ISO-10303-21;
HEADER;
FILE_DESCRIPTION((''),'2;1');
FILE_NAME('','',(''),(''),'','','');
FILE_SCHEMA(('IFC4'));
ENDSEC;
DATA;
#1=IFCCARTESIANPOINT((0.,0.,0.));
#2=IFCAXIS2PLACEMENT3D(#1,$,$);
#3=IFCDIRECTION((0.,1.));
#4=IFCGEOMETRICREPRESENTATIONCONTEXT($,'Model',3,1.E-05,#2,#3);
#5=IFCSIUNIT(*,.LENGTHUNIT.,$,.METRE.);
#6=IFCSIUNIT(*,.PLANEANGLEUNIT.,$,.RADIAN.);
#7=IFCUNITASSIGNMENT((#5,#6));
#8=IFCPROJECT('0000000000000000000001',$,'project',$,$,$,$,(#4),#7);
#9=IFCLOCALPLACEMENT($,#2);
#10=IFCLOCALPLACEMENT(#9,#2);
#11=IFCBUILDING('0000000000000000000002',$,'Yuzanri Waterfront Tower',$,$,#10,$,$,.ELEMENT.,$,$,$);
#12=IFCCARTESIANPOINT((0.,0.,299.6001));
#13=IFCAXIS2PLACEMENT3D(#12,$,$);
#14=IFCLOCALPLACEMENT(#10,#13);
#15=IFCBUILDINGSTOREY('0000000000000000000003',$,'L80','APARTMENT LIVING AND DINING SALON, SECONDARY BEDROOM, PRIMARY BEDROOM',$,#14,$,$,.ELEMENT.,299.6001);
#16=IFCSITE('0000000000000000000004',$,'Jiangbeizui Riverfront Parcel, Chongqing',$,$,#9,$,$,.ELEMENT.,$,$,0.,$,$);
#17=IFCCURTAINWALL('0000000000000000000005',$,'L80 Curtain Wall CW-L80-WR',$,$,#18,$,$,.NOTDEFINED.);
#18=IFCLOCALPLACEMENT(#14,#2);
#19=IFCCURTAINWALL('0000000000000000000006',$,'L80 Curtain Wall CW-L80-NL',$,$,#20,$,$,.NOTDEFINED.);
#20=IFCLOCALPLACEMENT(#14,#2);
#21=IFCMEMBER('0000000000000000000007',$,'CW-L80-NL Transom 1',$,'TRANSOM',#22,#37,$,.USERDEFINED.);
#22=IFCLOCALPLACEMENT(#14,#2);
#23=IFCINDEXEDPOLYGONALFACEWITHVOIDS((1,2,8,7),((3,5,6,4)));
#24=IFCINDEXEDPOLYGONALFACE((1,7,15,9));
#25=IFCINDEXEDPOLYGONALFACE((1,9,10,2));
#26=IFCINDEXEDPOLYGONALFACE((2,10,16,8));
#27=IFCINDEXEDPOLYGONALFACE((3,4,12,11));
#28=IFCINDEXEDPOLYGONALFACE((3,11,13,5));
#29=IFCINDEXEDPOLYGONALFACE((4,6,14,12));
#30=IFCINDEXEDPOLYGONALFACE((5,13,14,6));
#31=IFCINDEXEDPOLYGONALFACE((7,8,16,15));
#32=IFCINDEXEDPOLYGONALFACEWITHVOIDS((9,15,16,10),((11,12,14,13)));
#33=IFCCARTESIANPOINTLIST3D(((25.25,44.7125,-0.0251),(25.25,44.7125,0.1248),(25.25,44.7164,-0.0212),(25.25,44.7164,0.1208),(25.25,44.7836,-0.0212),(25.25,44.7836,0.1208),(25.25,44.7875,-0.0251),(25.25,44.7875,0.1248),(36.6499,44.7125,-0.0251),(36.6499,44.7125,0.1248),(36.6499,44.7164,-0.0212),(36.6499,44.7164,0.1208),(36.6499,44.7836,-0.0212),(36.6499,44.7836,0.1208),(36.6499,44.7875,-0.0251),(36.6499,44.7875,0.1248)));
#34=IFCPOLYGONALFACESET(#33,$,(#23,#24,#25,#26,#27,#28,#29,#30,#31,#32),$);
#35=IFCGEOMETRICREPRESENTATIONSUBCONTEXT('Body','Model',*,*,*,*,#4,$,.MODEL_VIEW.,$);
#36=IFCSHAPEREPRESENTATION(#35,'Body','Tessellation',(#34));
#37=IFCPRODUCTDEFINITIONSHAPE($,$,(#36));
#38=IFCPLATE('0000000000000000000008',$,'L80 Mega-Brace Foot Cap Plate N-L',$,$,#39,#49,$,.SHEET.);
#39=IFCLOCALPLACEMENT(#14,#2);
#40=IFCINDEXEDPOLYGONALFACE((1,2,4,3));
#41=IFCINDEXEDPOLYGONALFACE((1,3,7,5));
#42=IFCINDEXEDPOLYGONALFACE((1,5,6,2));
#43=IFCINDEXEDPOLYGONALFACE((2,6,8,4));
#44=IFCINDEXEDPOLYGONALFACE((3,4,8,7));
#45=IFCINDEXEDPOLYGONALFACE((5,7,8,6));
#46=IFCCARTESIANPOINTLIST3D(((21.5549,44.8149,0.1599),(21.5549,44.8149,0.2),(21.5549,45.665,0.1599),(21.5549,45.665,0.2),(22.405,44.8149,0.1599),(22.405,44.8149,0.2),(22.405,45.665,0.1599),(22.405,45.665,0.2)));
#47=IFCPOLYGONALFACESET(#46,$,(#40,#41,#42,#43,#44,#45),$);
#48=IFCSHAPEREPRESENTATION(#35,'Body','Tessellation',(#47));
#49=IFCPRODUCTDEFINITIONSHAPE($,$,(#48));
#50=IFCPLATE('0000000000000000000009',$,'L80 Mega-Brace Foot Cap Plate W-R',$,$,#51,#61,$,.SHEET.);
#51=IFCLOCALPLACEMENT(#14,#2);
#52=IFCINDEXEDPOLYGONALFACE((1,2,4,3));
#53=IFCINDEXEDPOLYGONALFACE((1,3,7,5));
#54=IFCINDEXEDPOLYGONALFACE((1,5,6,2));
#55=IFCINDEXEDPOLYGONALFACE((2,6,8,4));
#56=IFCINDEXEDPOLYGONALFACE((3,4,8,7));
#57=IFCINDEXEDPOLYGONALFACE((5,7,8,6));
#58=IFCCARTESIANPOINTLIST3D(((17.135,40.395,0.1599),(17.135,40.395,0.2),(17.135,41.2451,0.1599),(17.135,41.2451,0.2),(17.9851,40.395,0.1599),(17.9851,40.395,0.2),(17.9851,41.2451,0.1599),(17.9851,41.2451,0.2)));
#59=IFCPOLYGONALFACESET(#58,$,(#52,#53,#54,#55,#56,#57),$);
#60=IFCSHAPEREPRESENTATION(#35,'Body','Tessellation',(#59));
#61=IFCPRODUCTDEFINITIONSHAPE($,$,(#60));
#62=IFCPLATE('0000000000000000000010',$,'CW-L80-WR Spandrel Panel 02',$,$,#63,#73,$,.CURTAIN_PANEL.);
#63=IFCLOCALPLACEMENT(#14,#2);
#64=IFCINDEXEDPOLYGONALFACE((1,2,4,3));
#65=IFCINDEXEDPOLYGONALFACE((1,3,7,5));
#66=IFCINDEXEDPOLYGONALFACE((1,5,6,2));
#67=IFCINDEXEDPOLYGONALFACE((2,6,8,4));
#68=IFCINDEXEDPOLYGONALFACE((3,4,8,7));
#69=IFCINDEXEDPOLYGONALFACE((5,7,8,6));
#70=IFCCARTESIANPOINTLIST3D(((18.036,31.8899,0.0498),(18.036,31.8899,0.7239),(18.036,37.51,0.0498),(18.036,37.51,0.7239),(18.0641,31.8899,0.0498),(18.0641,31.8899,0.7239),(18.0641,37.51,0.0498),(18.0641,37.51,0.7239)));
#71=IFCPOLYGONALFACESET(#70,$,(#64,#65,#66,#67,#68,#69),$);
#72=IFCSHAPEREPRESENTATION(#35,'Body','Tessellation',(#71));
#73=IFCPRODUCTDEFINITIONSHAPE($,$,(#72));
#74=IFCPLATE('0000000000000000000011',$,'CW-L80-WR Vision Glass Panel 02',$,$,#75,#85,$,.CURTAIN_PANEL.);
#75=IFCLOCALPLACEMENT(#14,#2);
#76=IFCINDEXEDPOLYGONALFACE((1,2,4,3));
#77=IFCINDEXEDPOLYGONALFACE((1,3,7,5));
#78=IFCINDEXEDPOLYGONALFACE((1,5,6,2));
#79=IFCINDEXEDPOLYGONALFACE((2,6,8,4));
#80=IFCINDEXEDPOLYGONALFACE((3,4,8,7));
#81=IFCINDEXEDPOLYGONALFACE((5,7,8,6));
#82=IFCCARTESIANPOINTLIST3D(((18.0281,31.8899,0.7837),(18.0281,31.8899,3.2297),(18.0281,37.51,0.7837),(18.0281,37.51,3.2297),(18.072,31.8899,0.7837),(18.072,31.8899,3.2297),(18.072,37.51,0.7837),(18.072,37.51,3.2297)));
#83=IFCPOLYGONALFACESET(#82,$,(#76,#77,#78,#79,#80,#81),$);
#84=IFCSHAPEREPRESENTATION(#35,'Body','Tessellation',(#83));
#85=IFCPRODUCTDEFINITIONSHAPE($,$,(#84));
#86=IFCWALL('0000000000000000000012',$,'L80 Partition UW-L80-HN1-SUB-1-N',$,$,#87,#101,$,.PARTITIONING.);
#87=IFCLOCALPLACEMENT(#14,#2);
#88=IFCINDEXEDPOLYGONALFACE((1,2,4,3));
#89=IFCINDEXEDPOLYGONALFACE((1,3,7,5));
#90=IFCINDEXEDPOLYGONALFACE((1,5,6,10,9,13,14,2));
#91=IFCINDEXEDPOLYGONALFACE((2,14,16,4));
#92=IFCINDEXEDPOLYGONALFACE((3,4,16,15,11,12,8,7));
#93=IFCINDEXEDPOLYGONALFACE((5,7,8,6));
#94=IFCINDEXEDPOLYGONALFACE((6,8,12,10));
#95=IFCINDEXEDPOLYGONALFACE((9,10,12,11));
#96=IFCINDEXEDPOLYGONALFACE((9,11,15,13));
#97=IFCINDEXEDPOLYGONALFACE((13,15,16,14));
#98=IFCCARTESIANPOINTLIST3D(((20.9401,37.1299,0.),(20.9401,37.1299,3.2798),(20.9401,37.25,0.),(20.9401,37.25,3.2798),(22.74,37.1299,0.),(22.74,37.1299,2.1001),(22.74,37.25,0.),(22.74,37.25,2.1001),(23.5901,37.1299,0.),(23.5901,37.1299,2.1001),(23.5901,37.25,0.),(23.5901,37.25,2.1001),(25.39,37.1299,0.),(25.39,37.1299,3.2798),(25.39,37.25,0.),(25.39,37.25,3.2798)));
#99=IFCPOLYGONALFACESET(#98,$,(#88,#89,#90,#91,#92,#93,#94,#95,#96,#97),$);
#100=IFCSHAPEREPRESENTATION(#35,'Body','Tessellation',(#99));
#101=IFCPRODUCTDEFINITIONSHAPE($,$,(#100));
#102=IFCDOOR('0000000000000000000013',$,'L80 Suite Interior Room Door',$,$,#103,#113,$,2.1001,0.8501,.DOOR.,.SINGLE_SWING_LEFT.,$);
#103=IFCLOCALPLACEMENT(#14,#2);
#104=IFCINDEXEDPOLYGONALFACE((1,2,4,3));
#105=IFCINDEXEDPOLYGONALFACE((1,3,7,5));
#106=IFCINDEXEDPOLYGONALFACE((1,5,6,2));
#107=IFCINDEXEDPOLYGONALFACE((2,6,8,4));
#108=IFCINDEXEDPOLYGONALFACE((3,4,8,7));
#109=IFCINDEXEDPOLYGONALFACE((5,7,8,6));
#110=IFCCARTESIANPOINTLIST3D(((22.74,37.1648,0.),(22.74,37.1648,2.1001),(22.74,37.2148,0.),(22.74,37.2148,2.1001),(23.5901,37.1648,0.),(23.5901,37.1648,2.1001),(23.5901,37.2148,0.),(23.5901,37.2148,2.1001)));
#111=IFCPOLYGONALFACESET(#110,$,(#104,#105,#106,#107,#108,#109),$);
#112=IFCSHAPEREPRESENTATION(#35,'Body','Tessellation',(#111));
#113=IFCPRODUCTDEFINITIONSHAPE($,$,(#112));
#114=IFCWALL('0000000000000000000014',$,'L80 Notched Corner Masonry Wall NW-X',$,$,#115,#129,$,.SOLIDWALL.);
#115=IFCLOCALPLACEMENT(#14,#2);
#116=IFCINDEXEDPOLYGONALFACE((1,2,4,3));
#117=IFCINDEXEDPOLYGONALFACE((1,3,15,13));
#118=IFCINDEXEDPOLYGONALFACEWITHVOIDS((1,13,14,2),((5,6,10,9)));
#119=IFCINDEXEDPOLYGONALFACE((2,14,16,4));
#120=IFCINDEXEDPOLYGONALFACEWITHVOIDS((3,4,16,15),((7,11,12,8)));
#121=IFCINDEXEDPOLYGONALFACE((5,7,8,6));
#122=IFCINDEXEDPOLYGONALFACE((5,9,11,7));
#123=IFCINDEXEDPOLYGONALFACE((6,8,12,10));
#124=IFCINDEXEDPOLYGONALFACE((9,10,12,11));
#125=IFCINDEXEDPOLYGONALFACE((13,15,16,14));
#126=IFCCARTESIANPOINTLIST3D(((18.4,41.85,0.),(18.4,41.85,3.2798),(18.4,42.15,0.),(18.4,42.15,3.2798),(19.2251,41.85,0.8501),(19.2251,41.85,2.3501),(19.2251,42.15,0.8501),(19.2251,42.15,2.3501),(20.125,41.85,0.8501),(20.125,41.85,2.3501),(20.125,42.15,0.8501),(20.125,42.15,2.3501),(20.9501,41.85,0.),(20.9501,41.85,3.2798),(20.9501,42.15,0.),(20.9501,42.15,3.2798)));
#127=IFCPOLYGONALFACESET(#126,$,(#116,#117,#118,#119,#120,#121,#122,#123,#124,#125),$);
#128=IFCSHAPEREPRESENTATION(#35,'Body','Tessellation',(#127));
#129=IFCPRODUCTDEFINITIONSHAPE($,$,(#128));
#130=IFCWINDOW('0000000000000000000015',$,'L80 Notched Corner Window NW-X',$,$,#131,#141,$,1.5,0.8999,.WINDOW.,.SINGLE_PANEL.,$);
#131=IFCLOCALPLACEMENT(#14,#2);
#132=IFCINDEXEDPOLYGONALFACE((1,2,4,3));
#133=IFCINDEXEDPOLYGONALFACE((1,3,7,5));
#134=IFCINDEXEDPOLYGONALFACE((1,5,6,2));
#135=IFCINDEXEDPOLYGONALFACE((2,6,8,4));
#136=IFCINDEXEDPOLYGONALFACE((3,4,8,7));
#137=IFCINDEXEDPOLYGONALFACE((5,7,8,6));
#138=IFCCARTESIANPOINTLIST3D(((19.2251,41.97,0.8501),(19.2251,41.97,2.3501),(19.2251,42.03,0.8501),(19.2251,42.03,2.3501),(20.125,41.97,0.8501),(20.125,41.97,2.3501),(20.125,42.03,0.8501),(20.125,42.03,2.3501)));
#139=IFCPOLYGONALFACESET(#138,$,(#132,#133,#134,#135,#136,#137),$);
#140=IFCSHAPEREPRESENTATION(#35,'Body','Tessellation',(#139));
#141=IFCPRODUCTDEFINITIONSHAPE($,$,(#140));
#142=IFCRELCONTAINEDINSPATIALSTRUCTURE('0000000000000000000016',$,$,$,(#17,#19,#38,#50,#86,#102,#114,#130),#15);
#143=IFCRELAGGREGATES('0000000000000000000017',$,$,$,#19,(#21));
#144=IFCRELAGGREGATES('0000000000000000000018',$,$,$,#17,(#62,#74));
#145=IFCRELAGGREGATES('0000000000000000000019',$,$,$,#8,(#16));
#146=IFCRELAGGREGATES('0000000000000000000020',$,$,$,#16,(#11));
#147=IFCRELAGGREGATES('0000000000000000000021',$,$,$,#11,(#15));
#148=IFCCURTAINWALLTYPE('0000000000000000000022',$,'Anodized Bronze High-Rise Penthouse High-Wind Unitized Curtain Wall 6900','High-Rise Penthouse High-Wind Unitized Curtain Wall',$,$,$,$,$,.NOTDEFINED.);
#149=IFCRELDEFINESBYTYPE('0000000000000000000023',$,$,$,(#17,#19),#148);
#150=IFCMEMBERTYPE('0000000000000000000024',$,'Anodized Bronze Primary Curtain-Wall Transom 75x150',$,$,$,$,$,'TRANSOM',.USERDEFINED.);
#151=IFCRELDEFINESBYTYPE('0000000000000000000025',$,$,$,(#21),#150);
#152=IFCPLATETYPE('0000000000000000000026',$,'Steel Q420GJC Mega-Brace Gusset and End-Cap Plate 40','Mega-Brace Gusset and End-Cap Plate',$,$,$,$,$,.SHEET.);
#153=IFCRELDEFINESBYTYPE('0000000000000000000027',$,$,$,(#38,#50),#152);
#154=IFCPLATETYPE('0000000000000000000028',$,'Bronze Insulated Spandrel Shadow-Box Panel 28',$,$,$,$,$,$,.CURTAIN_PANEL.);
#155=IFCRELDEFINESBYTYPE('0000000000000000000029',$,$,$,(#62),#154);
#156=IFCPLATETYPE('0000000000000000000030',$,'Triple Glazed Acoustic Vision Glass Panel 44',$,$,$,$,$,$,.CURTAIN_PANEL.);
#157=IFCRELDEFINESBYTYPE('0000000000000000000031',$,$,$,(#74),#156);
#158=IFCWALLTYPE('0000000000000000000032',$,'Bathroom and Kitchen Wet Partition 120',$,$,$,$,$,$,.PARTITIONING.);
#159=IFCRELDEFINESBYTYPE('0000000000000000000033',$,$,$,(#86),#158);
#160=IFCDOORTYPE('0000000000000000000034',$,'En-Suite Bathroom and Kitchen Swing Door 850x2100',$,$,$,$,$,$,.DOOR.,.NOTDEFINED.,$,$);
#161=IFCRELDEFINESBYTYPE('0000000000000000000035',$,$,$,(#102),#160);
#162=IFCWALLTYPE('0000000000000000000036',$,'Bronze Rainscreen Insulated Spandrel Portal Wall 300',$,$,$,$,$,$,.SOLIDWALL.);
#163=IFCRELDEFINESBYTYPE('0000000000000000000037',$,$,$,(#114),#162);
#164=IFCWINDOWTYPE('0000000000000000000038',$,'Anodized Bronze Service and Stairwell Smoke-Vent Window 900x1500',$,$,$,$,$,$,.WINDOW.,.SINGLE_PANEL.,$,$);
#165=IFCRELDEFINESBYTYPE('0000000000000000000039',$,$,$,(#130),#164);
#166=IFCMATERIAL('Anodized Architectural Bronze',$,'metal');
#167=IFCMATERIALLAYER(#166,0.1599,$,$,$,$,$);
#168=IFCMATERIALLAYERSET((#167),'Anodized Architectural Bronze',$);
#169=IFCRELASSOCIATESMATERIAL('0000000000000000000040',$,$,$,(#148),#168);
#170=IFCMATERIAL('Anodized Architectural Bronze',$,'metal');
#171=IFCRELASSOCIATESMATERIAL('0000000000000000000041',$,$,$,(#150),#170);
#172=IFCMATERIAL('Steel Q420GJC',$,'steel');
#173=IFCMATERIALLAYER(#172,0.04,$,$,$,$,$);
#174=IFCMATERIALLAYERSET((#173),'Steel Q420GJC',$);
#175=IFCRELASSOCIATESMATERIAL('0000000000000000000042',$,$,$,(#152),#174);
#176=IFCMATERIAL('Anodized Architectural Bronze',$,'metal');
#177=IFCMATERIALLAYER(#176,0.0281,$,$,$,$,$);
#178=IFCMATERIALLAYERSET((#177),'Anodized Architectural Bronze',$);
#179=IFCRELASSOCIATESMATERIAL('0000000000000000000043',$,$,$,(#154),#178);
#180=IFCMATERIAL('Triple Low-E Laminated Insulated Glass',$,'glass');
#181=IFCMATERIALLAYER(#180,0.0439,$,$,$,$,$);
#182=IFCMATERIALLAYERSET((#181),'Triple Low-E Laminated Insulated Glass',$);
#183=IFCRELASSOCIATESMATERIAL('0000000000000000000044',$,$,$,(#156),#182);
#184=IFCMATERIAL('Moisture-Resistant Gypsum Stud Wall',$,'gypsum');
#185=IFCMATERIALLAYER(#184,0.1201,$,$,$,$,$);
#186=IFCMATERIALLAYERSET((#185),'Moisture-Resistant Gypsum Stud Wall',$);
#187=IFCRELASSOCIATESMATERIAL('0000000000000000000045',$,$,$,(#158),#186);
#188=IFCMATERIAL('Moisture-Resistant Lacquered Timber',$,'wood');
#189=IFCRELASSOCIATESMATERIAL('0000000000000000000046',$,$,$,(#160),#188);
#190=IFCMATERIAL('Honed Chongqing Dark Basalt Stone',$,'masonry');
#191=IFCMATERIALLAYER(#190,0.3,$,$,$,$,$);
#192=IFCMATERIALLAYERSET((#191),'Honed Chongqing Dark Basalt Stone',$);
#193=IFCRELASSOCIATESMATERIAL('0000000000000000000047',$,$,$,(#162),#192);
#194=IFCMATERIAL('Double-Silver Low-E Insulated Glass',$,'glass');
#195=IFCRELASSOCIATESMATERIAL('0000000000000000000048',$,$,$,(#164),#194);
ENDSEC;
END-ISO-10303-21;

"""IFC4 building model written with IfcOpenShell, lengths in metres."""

from ifc_helpers import new_model, si_unit, direction, frame, frame_2d, origin, origin_2d, place, context, subcontext, project, spatial, rectangle, hollow_rectangle, extrude, source, transform, mapped, material, layer, layer_set, material_profile, profile_set, type_object, element, fill, aggregate, save


model = new_model("IFC4")

# Units and contexts
model_context = context("Model", 3, precision=1e-05, world=origin(), true_north=direction((0.0, 1.0)))
body_context = subcontext(model_context, "Body", "Model", "MODEL_VIEW")
ifc_project = project(units=[si_unit("LENGTHUNIT", "METRE"), si_unit("PLANEANGLEUNIT", "RADIAN")], contexts=[model_context])

# Site, building, storey
site_placement = place(None, origin())
site = spatial("IfcSite", under=ifc_project, at=site_placement, Name="Jiangbeizui Riverfront Parcel, Chongqing", CompositionType="ELEMENT", RefElevation=0.0)
building_placement = place(site_placement, origin())
building = spatial("IfcBuilding", under=site, at=building_placement, Name="Yuzanri Waterfront Tower", CompositionType="ELEMENT")
storey_placement = place(building_placement, frame((0.0, 0.0, 299.6001)))
storey = spatial("IfcBuildingStorey", under=building, at=storey_placement, Name="L80", Description="APARTMENT LIVING AND DINING SALON, SECONDARY BEDROOM, PRIMARY BEDROOM", CompositionType="ELEMENT", Elevation=299.6001)

# Curtain wall
ifc_material_1 = material(Name="Anodized Architectural Bronze", Category="metal")
ifc_layer_1 = layer(ifc_material_1, 0.1599)
ifc_layer_set_1 = layer_set([ifc_layer_1], Name="Anodized Architectural Bronze")
curtain_wall_type = type_object("IfcCurtainWallType", Name="Anodized Bronze High-Rise Penthouse High-Wind Unitized Curtain Wall 6900", Description="High-Rise Penthouse High-Wind Unitized Curtain Wall", PredefinedType="NOTDEFINED", material=ifc_layer_set_1)
curtain_wall_1_placement = place(storey_placement, origin())
curtain_wall_1 = element("IfcCurtainWall", 1, at=curtain_wall_1_placement, inside=storey, type_object=curtain_wall_type, Name="L80 Curtain Wall CW-L80-WR", PredefinedType="NOTDEFINED")

# Curtain wall, member
curtain_wall_2_placement = place(storey_placement, origin())
curtain_wall_2 = element("IfcCurtainWall", 2, at=curtain_wall_2_placement, inside=storey, type_object=curtain_wall_type, Name="L80 Curtain Wall CW-L80-NL", PredefinedType="NOTDEFINED")
ifc_material_2 = material(Name="Anodized Architectural Bronze", Category="metal")
ifc_material_profile_1 = material_profile(ifc_material_2, hollow_rectangle(XDim=0.075, YDim=0.1499, WallThickness=0.0039, at=origin_2d()), Name="CWT 75x150")
ifc_profile_set_1 = profile_set([ifc_material_profile_1], Name="Anodized Architectural Bronze")
member_type_1 = type_object("IfcMemberType", Name="Anodized Bronze Primary Curtain-Wall Transom 75x150", ElementType="TRANSOM", PredefinedType="USERDEFINED", material=ifc_profile_set_1)
shared_shape_1 = source(origin(), body_context, "Body", "SweptSolid", [
    extrude(hollow_rectangle(XDim=0.075, YDim=0.1499, WallThickness=0.0039, at=origin_2d()), origin(), (0.0, 0.0, 1.0), 11.3999),
])
member_1_placement = place(storey_placement, frame((25.25, 44.75, 0.0498), z_axis=(1.0, 0.0, 0.0), x_axis=(0.0, 1.0, 0.0)))
member_1 = element("IfcMember", 3, at=member_1_placement, type_object=member_type_1, Name="CW-L80-NL Transom 1", ObjectType="TRANSOM", PredefinedType="USERDEFINED", context=body_context, shape_type="MappedRepresentation", body=[
    mapped(shared_shape_1, transform((0.0, 0.0, 0.0), scale=1.0)),
])
aggregate(curtain_wall_2, [member_1])

# Plates
ifc_material_3 = material(Name="Steel Q420GJC", Category="steel")
ifc_layer_2 = layer(ifc_material_3, 0.04)
ifc_layer_set_2 = layer_set([ifc_layer_2], Name="Steel Q420GJC")
plate_type_1 = type_object("IfcPlateType", Name="Steel Q420GJC Mega-Brace Gusset and End-Cap Plate 40", Description="Mega-Brace Gusset and End-Cap Plate", PredefinedType="SHEET", material=ifc_layer_set_2)
shared_shape_2 = source(origin(), body_context, "Body", "SweptSolid", [
    extrude(rectangle(XDim=0.8501, YDim=0.8501, at=origin_2d()), origin(), (0.0, 0.0, 1.0), 0.04),
])
for number, where, z_axis, x_axis, name in (
    (4, (21.98, 45.24, 0.1599), (0.0, 0.0, 1.0), (1.0, 0.0, 0.0), "L80 Mega-Brace Foot Cap Plate N-L"),
    (5, (17.5601, 40.8201, 0.1599), (0.0, 0.0, 1.0), (1.0, 0.0, 0.0), "L80 Mega-Brace Foot Cap Plate W-R"),
):
    element("IfcPlate", number, at=place(storey_placement, frame(where, z_axis=z_axis, x_axis=x_axis)), inside=storey, type_object=plate_type_1, Name=name, PredefinedType="SHEET", context=body_context, shape_type="MappedRepresentation", body=[
        mapped(shared_shape_2, transform((0.0, 0.0, 0.0), scale=1.0)),
    ])

# Plates
ifc_material_4 = material(Name="Anodized Architectural Bronze", Category="metal")
ifc_layer_3 = layer(ifc_material_4, 0.0281)
ifc_layer_set_3 = layer_set([ifc_layer_3], Name="Anodized Architectural Bronze")
plate_type_2 = type_object("IfcPlateType", Name="Bronze Insulated Spandrel Shadow-Box Panel 28", PredefinedType="CURTAIN_PANEL", material=ifc_layer_set_3)
shared_shape_3 = source(origin(), body_context, "Body", "SweptSolid", [
    extrude(rectangle(XDim=5.6201, YDim=0.0281, at=origin_2d()), origin(), (0.0, 0.0, 1.0), 0.6741),
])
plate_1_placement = place(storey_placement, frame((18.05, 34.7, 0.0498), z_axis=(0.0, 0.0, 1.0), x_axis=(0.0, 1.0, 0.0)))
plate_1 = element("IfcPlate", 6, at=plate_1_placement, type_object=plate_type_2, Name="CW-L80-WR Spandrel Panel 02", PredefinedType="CURTAIN_PANEL", context=body_context, shape_type="MappedRepresentation", body=[
    mapped(shared_shape_3, transform((0.0, 0.0, 0.0), scale=1.0)),
])
ifc_material_5 = material(Name="Triple Low-E Laminated Insulated Glass", Category="glass")
ifc_layer_4 = layer(ifc_material_5, 0.0439)
ifc_layer_set_4 = layer_set([ifc_layer_4], Name="Triple Low-E Laminated Insulated Glass")
plate_type_3 = type_object("IfcPlateType", Name="Triple Glazed Acoustic Vision Glass Panel 44", PredefinedType="CURTAIN_PANEL", material=ifc_layer_set_4)
shared_shape_4 = source(origin(), body_context, "Body", "SweptSolid", [
    extrude(rectangle(XDim=5.6201, YDim=0.0439, at=origin_2d()), origin(), (0.0, 0.0, 1.0), 2.446),
])
plate_2_placement = place(storey_placement, frame((18.05, 34.7, 0.7837), z_axis=(0.0, 0.0, 1.0), x_axis=(0.0, 1.0, 0.0)))
plate_2 = element("IfcPlate", 7, at=plate_2_placement, type_object=plate_type_3, Name="CW-L80-WR Vision Glass Panel 02", PredefinedType="CURTAIN_PANEL", context=body_context, shape_type="MappedRepresentation", body=[
    mapped(shared_shape_4, transform((0.0, 0.0, 0.0), scale=1.0)),
])
aggregate(curtain_wall_1, [plate_1, plate_2])

# Wall, opening, door
ifc_material_6 = material(Name="Moisture-Resistant Gypsum Stud Wall", Category="gypsum")
ifc_layer_5 = layer(ifc_material_6, 0.1201)
ifc_layer_set_5 = layer_set([ifc_layer_5], Name="Moisture-Resistant Gypsum Stud Wall")
wall_type_1 = type_object("IfcWallType", Name="Bathroom and Kitchen Wet Partition 120", PredefinedType="PARTITIONING", material=ifc_layer_set_5)
wall_1_placement = place(storey_placement, frame((20.9399, 37.1899, 0.0), z_axis=(0.0, 0.0, 1.0), x_axis=(1.0, 0.0, 0.0)))
wall_1 = element("IfcWall", 8, at=wall_1_placement, inside=storey, type_object=wall_type_1, Name="L80 Partition UW-L80-HN1-SUB-1-N", PredefinedType="PARTITIONING", context=body_context, shape_type="SweptSolid", body=[
    extrude(rectangle(XDim=4.45, YDim=0.1201, at=frame_2d((2.2251, 0.0))), origin(), (0.0, 0.0, 1.0), 3.2798),
])
opening_1_placement = place(wall_1_placement, frame((1.8, 0.0, 0.0)))
opening_1 = element("IfcOpeningElement", 9, at=opening_1_placement, cuts=wall_1, PredefinedType="OPENING", context=body_context, shape_type="SweptSolid", body=[
    extrude(rectangle(XDim=0.8501, YDim=2.1001, at=frame_2d((0.425, 1.05))), frame((0.0, 0.075, 0.0), z_axis=(0.0, -1.0, 0.0), x_axis=(1.0, 0.0, 0.0)), (0.0, 0.0, 1.0), 0.1499),
])
ifc_material_7 = material(Name="Moisture-Resistant Lacquered Timber", Category="wood")
door_type = type_object("IfcDoorType", Name="En-Suite Bathroom and Kitchen Swing Door 850x2100", OperationType="NOTDEFINED", PredefinedType="DOOR", material=ifc_material_7)
shared_shape_5 = source(origin(), body_context, "Body", "SweptSolid", [
    extrude(rectangle(XDim=0.8501, YDim=2.1001, at=frame_2d((0.425, 1.05))), frame((0.0, 0.0249, 0.0), z_axis=(0.0, -1.0, 0.0), x_axis=(1.0, 0.0, 0.0)), (0.0, 0.0, 1.0), 0.05),
])
door_placement = place(opening_1_placement, origin())
door = element("IfcDoor", 10, at=door_placement, inside=storey, type_object=door_type, Name="L80 Suite Interior Room Door", OperationType="SINGLE_SWING_LEFT", OverallHeight=2.1001, OverallWidth=0.8501, PredefinedType="DOOR", context=body_context, shape_type="MappedRepresentation", body=[
    mapped(shared_shape_5, transform((0.0, 0.0, 0.0), scale=1.0)),
])
fill(opening_1, door)

# Wall, opening, window
ifc_material_8 = material(Name="Honed Chongqing Dark Basalt Stone", Category="masonry")
ifc_layer_6 = layer(ifc_material_8, 0.3)
ifc_layer_set_6 = layer_set([ifc_layer_6], Name="Honed Chongqing Dark Basalt Stone")
wall_type_2 = type_object("IfcWallType", Name="Bronze Rainscreen Insulated Spandrel Portal Wall 300", PredefinedType="SOLIDWALL", material=ifc_layer_set_6)
wall_2_placement = place(storey_placement, frame((20.95, 42.0, 0.0), z_axis=(0.0, 0.0, 1.0), x_axis=(-1.0, 0.0, 0.0)))
wall_2 = element("IfcWall", 11, at=wall_2_placement, inside=storey, type_object=wall_type_2, Name="L80 Notched Corner Masonry Wall NW-X", PredefinedType="SOLIDWALL", context=body_context, shape_type="SweptSolid", body=[
    extrude(rectangle(XDim=2.55, YDim=0.3, at=frame_2d((1.2749, 0.0))), origin(), (0.0, 0.0, 1.0), 3.2798),
])
opening_2_placement = place(wall_2_placement, frame((0.825, 0.0, 0.8501)))
opening_2 = element("IfcOpeningElement", 12, at=opening_2_placement, cuts=wall_2, PredefinedType="OPENING", context=body_context, shape_type="SweptSolid", body=[
    extrude(rectangle(XDim=0.8999, YDim=1.5, at=frame_2d((0.45, 0.75))), frame((0.0, 0.165, 0.0), z_axis=(0.0, -1.0, 0.0), x_axis=(1.0, 0.0, 0.0)), (0.0, 0.0, 1.0), 0.3298),
])
ifc_material_9 = material(Name="Double-Silver Low-E Insulated Glass", Category="glass")
window_type_1 = type_object("IfcWindowType", Name="Anodized Bronze Service and Stairwell Smoke-Vent Window 900x1500", PartitioningType="SINGLE_PANEL", PredefinedType="WINDOW", material=ifc_material_9)
shared_shape_6 = source(origin(), body_context, "Body", "SweptSolid", [
    extrude(rectangle(XDim=0.8999, YDim=1.5, at=frame_2d((0.45, 0.75))), frame((0.0, 0.03, 0.0), z_axis=(0.0, -1.0, 0.0), x_axis=(1.0, 0.0, 0.0)), (0.0, 0.0, 1.0), 0.0601),
])
window_1_placement = place(opening_2_placement, origin())
window_1 = element("IfcWindow", 13, at=window_1_placement, inside=storey, type_object=window_type_1, Name="L80 Notched Corner Window NW-X", OverallHeight=1.5, OverallWidth=0.8999, PartitioningType="SINGLE_PANEL", PredefinedType="WINDOW", context=body_context, shape_type="MappedRepresentation", body=[
    mapped(shared_shape_6, transform((0.0, 0.0, 0.0), scale=1.0)),
])
fill(opening_2, window_1)

save(model, "model.ifc")
